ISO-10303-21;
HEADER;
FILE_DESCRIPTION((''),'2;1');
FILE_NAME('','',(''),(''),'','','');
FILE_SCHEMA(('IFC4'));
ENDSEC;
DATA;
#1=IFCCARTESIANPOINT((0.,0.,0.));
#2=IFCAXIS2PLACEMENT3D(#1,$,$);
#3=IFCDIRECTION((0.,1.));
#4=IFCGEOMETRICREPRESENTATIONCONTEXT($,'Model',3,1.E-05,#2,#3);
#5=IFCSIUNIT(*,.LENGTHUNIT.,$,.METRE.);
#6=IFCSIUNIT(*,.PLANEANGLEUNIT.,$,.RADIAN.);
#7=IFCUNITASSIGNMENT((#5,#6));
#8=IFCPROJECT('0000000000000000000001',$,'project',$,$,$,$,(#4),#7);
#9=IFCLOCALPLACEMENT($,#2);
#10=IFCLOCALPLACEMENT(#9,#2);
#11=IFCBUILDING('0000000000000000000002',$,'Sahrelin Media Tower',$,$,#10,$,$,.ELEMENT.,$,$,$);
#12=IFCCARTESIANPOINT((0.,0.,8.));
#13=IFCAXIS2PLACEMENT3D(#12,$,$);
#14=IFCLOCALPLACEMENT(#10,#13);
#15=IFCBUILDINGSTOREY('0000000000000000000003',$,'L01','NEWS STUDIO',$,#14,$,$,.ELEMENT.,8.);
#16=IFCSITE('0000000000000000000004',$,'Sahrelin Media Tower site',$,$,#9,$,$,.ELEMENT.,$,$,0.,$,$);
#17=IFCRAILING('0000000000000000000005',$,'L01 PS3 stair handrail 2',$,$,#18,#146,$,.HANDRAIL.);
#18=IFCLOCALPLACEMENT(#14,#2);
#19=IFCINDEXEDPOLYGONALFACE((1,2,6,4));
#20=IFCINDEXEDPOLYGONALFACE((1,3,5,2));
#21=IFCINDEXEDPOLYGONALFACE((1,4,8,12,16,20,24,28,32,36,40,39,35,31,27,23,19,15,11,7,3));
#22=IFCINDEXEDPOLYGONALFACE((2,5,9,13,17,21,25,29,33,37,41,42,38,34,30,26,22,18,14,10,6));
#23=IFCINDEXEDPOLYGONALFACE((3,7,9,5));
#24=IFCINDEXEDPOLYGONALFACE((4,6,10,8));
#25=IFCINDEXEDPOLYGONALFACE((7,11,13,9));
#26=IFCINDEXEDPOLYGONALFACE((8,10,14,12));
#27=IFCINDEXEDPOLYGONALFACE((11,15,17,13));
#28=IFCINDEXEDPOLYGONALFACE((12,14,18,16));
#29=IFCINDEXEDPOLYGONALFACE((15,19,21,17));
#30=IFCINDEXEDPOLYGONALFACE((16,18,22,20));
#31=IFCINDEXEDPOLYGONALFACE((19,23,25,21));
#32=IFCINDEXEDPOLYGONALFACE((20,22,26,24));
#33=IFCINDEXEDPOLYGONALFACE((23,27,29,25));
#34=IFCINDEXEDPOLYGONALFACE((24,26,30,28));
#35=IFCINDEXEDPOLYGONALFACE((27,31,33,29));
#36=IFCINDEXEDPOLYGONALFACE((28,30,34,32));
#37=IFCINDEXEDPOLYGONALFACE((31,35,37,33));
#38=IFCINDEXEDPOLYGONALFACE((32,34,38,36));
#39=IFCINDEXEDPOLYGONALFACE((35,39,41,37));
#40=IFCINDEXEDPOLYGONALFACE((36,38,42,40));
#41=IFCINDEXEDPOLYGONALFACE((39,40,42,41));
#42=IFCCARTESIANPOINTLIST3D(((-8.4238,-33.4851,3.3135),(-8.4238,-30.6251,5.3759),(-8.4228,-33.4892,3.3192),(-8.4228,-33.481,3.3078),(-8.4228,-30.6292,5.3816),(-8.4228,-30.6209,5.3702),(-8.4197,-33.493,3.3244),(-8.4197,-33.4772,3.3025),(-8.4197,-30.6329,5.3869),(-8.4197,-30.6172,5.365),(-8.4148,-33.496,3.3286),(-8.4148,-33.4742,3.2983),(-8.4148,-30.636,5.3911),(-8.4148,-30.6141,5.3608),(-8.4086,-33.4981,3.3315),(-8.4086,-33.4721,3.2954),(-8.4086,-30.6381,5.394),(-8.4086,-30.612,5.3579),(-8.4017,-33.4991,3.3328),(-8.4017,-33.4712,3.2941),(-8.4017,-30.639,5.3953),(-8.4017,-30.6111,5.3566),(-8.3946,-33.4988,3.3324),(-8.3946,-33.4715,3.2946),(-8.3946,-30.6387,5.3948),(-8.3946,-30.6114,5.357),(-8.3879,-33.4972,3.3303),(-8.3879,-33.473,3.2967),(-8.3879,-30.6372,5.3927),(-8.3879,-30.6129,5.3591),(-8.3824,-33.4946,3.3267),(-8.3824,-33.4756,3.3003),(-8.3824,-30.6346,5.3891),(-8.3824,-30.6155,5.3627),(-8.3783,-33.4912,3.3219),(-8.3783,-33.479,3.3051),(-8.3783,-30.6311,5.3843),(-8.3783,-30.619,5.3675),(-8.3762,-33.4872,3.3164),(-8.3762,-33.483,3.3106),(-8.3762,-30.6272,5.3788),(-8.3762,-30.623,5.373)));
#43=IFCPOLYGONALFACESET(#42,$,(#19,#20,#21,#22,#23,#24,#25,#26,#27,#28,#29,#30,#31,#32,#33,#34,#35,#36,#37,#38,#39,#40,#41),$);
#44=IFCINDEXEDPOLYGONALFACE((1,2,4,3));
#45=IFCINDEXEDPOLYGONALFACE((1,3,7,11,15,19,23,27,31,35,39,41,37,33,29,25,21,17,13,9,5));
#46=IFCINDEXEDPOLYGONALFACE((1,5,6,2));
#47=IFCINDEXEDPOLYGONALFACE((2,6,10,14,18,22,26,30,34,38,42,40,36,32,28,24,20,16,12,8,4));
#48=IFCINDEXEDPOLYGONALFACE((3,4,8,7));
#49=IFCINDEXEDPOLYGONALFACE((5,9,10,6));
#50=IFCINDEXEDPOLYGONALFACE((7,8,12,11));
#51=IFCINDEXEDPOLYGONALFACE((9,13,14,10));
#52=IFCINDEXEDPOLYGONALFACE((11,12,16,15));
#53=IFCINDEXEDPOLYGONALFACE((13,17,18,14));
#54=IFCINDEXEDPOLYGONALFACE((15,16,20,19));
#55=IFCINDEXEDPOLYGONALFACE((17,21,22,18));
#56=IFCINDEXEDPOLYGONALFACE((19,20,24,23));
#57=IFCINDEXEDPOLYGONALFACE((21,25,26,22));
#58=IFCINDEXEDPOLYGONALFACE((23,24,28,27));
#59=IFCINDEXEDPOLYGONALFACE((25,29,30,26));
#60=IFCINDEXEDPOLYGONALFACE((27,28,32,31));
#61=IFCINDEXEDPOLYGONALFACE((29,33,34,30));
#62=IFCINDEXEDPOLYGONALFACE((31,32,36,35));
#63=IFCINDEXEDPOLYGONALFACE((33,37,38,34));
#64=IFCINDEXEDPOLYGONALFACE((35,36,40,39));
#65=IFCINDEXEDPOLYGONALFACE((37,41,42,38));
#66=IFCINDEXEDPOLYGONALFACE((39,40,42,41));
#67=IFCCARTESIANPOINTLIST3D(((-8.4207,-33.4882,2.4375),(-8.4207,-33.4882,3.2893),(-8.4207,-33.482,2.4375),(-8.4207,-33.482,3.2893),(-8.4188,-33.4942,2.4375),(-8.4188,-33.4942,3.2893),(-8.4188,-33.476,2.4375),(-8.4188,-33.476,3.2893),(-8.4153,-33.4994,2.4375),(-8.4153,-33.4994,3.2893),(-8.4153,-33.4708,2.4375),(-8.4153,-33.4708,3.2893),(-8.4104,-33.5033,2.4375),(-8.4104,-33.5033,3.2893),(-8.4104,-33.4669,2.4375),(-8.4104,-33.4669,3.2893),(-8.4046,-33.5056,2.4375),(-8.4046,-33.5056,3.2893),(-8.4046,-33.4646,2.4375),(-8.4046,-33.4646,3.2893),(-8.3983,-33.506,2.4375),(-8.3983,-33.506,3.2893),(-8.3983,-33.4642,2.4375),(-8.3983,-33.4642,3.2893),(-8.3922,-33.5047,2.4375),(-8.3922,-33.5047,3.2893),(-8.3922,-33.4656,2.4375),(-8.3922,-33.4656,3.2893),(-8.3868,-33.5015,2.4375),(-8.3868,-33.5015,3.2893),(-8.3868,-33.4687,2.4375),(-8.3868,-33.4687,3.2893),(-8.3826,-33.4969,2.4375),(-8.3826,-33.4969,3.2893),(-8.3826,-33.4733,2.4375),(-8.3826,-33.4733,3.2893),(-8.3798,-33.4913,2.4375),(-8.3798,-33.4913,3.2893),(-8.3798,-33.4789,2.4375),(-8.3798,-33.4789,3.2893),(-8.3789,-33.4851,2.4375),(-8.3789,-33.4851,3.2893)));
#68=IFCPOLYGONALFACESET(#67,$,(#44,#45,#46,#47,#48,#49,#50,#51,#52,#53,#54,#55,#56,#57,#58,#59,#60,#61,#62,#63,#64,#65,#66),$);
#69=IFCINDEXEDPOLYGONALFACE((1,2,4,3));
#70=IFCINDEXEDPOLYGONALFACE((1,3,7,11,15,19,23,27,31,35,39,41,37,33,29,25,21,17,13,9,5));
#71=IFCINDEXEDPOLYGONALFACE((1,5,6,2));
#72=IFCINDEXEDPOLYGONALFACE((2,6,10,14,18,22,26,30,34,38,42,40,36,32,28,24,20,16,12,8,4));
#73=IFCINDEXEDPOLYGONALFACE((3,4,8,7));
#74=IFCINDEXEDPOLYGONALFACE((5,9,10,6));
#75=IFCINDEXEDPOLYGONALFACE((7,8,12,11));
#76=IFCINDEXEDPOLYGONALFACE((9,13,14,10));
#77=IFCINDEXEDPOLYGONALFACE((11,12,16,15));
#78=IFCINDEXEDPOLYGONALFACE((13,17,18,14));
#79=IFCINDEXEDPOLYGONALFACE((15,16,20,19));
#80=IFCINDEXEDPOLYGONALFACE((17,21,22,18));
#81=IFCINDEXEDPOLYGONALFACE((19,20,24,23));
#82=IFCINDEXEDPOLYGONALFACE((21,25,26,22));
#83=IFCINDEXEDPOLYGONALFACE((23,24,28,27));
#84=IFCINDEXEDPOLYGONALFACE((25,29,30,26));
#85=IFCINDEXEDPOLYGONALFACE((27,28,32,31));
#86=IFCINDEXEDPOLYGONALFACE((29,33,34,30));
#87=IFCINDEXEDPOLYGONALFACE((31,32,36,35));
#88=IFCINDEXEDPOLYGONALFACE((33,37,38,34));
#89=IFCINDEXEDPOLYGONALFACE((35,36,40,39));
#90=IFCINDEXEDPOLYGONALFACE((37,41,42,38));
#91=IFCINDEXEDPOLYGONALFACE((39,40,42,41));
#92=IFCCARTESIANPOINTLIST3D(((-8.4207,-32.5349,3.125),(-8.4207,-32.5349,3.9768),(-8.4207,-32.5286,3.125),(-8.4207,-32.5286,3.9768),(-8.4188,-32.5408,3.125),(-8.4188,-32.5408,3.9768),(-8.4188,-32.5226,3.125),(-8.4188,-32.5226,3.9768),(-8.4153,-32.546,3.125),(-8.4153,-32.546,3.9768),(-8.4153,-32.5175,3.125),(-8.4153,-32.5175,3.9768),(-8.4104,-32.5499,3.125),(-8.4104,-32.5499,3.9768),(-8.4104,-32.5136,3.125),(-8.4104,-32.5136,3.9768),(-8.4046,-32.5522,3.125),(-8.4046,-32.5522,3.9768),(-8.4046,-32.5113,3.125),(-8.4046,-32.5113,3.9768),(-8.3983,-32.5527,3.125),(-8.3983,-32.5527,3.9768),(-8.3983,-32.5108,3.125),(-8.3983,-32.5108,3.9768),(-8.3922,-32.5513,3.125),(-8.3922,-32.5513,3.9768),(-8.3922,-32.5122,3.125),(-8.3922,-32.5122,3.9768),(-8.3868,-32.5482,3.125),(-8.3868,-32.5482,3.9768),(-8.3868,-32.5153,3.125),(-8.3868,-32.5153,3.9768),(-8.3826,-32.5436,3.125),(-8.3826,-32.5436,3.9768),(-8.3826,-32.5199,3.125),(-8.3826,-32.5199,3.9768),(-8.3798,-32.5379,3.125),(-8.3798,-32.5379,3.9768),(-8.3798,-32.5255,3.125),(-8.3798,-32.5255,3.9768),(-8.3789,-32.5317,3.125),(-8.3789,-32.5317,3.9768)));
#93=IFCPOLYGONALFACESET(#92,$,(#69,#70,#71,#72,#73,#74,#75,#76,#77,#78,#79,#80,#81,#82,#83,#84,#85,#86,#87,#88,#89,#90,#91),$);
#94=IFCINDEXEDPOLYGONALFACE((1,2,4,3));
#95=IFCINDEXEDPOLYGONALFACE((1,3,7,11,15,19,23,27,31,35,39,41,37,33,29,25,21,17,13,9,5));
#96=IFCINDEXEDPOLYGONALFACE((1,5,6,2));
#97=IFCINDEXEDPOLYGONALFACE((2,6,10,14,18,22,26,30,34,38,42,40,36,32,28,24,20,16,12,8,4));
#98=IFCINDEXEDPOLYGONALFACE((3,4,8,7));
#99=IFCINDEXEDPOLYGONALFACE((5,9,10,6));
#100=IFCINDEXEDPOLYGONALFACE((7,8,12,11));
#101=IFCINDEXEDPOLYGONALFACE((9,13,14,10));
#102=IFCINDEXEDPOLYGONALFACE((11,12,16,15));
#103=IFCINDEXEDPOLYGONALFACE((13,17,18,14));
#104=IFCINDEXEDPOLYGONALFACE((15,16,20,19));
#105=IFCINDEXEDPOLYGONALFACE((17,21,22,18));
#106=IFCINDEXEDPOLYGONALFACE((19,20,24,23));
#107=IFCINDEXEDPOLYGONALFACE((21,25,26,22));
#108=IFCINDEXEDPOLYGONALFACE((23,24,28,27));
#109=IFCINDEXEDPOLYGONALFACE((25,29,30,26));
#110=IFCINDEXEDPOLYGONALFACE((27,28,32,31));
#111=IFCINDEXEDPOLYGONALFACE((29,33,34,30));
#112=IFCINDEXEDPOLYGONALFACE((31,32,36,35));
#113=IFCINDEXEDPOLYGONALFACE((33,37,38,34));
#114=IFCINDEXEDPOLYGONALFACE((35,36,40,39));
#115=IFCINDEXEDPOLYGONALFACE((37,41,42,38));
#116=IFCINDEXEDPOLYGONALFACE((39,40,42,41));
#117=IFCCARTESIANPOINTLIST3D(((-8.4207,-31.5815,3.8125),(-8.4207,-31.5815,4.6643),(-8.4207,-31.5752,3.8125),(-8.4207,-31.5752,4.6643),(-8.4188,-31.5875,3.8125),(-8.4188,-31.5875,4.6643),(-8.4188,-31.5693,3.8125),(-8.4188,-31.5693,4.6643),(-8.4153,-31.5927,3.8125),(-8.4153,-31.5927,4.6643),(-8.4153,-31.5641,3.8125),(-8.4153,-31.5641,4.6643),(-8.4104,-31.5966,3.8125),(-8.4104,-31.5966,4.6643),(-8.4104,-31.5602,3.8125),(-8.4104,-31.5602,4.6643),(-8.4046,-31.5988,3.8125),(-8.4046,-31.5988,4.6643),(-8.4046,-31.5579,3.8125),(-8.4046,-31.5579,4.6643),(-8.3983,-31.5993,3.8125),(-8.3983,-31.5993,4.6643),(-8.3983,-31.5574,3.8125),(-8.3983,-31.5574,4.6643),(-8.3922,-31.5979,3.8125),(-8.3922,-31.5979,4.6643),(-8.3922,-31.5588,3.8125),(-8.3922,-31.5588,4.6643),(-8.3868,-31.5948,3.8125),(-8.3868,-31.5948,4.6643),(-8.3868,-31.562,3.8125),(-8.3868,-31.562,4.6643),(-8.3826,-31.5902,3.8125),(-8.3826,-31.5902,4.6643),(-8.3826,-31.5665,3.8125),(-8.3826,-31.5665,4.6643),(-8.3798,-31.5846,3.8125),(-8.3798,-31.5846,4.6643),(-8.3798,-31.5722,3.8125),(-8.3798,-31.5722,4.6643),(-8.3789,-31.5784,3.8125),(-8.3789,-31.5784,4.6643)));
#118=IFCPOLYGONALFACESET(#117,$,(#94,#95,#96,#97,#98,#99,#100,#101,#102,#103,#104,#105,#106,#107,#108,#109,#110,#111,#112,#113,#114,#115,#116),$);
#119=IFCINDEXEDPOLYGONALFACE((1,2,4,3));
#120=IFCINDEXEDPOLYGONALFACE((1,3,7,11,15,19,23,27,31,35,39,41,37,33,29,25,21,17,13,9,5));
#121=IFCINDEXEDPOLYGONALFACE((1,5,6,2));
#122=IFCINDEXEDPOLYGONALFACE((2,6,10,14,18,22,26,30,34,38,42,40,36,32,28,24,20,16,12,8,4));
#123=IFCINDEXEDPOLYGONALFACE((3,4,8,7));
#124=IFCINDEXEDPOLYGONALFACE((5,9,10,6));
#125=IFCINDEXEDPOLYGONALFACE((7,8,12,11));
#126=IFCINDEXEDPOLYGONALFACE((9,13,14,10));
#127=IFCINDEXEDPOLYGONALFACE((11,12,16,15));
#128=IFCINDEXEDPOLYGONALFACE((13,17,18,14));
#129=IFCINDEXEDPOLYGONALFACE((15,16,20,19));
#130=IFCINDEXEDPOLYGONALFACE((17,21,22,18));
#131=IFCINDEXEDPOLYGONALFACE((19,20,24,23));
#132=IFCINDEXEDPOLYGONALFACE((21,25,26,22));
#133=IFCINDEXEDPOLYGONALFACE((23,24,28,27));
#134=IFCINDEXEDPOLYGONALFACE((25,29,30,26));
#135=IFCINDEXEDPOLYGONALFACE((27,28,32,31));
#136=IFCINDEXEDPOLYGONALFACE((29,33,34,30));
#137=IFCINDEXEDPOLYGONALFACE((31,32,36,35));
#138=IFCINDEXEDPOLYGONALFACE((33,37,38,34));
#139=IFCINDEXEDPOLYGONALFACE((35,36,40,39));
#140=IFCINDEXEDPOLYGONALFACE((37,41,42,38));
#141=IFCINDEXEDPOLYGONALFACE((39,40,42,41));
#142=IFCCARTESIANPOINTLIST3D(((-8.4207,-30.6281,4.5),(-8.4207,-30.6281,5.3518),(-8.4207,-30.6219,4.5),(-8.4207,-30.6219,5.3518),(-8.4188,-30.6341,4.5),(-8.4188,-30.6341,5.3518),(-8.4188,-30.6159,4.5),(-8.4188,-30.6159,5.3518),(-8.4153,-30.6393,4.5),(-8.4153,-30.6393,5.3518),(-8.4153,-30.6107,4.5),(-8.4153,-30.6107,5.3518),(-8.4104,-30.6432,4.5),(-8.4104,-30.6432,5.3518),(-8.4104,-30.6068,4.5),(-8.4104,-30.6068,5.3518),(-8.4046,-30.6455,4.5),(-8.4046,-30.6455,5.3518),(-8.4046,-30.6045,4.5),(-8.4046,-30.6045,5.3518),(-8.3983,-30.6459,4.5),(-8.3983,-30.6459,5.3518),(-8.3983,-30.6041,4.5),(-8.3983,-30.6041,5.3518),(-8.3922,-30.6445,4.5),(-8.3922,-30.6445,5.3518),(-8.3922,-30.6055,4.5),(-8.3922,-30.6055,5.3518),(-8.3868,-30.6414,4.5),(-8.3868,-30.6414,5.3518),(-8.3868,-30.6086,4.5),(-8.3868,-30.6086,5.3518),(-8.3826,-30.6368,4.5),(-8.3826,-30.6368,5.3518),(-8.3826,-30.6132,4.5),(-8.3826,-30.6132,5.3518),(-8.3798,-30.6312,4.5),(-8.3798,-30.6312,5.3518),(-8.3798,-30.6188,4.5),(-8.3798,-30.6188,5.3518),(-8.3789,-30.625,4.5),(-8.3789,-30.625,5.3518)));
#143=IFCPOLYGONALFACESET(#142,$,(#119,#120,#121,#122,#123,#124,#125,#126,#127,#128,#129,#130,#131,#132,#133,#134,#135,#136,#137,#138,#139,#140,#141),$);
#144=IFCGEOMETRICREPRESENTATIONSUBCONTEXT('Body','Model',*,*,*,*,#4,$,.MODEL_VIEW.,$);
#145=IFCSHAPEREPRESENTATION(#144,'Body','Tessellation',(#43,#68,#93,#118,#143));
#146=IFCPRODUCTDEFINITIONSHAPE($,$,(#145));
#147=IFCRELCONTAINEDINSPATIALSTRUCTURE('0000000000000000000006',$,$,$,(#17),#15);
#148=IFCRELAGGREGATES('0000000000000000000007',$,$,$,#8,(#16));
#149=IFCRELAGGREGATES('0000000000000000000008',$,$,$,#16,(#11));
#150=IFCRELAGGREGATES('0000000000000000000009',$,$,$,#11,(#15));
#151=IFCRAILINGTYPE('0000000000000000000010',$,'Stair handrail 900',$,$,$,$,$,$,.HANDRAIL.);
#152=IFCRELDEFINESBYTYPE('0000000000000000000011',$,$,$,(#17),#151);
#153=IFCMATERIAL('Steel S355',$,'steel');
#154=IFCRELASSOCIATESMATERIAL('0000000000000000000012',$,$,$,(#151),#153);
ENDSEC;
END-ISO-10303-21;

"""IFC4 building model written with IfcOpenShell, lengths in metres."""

from ifc_helpers import new_model, si_unit, direction, frame, origin, origin_2d, place, context, subcontext, project, spatial, circle, extrude, material, type_object, element, save


model = new_model("IFC4")

# Units and contexts
model_context = context("Model", 3, precision=1e-05, world=origin(), true_north=direction((0.0, 1.0)))
body_context = subcontext(model_context, "Body", "Model", "MODEL_VIEW")
ifc_project = project(units=[si_unit("LENGTHUNIT", "METRE"), si_unit("PLANEANGLEUNIT", "RADIAN")], contexts=[model_context])

# Site, building, storey
site_placement = place(None, origin())
site = spatial("IfcSite", under=ifc_project, at=site_placement, Name="Sahrelin Media Tower site", CompositionType="ELEMENT", RefElevation=0.0)
building_placement = place(site_placement, origin())
building = spatial("IfcBuilding", under=site, at=building_placement, Name="Sahrelin Media Tower", CompositionType="ELEMENT")
storey_placement = place(building_placement, frame((0.0, 0.0, 8.0)))
storey = spatial("IfcBuildingStorey", under=building, at=storey_placement, Name="L01", Description="NEWS STUDIO", CompositionType="ELEMENT", Elevation=8.0)

# Shared definitions
ifc_material_1 = material(Name="Steel S355", Category="steel")

# Railing
railing_type_1 = type_object("IfcRailingType", Name="Stair handrail 900", PredefinedType="HANDRAIL", material=ifc_material_1)
railing_1_placement = place(storey_placement, frame((-8.3999, -33.4851, 2.4375)))
element("IfcRailing", 1, at=railing_1_placement, inside=storey, type_object=railing_type_1, Name="L01 PS3 stair handrail 2", PredefinedType="HANDRAIL", context=body_context, shape_type="SweptSolid", body=[
    extrude(circle(Radius=0.0239, at=origin_2d()), frame((0.0, 0.0, 0.876), z_axis=(0.0, 0.811101, 0.584906), x_axis=(-1.0, 0.0, 0.0)), (0.0, 0.0, 1.0), 3.5261),
    extrude(circle(Radius=0.021, at=origin_2d()), origin(), (0.0, 0.0, 1.0), 0.8518),
    extrude(circle(Radius=0.021, at=origin_2d()), frame((0.0, 0.9534, 0.6875)), (0.0, 0.0, 1.0), 0.8518),
    extrude(circle(Radius=0.021, at=origin_2d()), frame((0.0, 1.9067, 1.375)), (0.0, 0.0, 1.0), 0.8518),
    extrude(circle(Radius=0.021, at=origin_2d()), frame((0.0, 2.8601, 2.0625)), (0.0, 0.0, 1.0), 0.8518),
])

save(model, "model.ifc")
